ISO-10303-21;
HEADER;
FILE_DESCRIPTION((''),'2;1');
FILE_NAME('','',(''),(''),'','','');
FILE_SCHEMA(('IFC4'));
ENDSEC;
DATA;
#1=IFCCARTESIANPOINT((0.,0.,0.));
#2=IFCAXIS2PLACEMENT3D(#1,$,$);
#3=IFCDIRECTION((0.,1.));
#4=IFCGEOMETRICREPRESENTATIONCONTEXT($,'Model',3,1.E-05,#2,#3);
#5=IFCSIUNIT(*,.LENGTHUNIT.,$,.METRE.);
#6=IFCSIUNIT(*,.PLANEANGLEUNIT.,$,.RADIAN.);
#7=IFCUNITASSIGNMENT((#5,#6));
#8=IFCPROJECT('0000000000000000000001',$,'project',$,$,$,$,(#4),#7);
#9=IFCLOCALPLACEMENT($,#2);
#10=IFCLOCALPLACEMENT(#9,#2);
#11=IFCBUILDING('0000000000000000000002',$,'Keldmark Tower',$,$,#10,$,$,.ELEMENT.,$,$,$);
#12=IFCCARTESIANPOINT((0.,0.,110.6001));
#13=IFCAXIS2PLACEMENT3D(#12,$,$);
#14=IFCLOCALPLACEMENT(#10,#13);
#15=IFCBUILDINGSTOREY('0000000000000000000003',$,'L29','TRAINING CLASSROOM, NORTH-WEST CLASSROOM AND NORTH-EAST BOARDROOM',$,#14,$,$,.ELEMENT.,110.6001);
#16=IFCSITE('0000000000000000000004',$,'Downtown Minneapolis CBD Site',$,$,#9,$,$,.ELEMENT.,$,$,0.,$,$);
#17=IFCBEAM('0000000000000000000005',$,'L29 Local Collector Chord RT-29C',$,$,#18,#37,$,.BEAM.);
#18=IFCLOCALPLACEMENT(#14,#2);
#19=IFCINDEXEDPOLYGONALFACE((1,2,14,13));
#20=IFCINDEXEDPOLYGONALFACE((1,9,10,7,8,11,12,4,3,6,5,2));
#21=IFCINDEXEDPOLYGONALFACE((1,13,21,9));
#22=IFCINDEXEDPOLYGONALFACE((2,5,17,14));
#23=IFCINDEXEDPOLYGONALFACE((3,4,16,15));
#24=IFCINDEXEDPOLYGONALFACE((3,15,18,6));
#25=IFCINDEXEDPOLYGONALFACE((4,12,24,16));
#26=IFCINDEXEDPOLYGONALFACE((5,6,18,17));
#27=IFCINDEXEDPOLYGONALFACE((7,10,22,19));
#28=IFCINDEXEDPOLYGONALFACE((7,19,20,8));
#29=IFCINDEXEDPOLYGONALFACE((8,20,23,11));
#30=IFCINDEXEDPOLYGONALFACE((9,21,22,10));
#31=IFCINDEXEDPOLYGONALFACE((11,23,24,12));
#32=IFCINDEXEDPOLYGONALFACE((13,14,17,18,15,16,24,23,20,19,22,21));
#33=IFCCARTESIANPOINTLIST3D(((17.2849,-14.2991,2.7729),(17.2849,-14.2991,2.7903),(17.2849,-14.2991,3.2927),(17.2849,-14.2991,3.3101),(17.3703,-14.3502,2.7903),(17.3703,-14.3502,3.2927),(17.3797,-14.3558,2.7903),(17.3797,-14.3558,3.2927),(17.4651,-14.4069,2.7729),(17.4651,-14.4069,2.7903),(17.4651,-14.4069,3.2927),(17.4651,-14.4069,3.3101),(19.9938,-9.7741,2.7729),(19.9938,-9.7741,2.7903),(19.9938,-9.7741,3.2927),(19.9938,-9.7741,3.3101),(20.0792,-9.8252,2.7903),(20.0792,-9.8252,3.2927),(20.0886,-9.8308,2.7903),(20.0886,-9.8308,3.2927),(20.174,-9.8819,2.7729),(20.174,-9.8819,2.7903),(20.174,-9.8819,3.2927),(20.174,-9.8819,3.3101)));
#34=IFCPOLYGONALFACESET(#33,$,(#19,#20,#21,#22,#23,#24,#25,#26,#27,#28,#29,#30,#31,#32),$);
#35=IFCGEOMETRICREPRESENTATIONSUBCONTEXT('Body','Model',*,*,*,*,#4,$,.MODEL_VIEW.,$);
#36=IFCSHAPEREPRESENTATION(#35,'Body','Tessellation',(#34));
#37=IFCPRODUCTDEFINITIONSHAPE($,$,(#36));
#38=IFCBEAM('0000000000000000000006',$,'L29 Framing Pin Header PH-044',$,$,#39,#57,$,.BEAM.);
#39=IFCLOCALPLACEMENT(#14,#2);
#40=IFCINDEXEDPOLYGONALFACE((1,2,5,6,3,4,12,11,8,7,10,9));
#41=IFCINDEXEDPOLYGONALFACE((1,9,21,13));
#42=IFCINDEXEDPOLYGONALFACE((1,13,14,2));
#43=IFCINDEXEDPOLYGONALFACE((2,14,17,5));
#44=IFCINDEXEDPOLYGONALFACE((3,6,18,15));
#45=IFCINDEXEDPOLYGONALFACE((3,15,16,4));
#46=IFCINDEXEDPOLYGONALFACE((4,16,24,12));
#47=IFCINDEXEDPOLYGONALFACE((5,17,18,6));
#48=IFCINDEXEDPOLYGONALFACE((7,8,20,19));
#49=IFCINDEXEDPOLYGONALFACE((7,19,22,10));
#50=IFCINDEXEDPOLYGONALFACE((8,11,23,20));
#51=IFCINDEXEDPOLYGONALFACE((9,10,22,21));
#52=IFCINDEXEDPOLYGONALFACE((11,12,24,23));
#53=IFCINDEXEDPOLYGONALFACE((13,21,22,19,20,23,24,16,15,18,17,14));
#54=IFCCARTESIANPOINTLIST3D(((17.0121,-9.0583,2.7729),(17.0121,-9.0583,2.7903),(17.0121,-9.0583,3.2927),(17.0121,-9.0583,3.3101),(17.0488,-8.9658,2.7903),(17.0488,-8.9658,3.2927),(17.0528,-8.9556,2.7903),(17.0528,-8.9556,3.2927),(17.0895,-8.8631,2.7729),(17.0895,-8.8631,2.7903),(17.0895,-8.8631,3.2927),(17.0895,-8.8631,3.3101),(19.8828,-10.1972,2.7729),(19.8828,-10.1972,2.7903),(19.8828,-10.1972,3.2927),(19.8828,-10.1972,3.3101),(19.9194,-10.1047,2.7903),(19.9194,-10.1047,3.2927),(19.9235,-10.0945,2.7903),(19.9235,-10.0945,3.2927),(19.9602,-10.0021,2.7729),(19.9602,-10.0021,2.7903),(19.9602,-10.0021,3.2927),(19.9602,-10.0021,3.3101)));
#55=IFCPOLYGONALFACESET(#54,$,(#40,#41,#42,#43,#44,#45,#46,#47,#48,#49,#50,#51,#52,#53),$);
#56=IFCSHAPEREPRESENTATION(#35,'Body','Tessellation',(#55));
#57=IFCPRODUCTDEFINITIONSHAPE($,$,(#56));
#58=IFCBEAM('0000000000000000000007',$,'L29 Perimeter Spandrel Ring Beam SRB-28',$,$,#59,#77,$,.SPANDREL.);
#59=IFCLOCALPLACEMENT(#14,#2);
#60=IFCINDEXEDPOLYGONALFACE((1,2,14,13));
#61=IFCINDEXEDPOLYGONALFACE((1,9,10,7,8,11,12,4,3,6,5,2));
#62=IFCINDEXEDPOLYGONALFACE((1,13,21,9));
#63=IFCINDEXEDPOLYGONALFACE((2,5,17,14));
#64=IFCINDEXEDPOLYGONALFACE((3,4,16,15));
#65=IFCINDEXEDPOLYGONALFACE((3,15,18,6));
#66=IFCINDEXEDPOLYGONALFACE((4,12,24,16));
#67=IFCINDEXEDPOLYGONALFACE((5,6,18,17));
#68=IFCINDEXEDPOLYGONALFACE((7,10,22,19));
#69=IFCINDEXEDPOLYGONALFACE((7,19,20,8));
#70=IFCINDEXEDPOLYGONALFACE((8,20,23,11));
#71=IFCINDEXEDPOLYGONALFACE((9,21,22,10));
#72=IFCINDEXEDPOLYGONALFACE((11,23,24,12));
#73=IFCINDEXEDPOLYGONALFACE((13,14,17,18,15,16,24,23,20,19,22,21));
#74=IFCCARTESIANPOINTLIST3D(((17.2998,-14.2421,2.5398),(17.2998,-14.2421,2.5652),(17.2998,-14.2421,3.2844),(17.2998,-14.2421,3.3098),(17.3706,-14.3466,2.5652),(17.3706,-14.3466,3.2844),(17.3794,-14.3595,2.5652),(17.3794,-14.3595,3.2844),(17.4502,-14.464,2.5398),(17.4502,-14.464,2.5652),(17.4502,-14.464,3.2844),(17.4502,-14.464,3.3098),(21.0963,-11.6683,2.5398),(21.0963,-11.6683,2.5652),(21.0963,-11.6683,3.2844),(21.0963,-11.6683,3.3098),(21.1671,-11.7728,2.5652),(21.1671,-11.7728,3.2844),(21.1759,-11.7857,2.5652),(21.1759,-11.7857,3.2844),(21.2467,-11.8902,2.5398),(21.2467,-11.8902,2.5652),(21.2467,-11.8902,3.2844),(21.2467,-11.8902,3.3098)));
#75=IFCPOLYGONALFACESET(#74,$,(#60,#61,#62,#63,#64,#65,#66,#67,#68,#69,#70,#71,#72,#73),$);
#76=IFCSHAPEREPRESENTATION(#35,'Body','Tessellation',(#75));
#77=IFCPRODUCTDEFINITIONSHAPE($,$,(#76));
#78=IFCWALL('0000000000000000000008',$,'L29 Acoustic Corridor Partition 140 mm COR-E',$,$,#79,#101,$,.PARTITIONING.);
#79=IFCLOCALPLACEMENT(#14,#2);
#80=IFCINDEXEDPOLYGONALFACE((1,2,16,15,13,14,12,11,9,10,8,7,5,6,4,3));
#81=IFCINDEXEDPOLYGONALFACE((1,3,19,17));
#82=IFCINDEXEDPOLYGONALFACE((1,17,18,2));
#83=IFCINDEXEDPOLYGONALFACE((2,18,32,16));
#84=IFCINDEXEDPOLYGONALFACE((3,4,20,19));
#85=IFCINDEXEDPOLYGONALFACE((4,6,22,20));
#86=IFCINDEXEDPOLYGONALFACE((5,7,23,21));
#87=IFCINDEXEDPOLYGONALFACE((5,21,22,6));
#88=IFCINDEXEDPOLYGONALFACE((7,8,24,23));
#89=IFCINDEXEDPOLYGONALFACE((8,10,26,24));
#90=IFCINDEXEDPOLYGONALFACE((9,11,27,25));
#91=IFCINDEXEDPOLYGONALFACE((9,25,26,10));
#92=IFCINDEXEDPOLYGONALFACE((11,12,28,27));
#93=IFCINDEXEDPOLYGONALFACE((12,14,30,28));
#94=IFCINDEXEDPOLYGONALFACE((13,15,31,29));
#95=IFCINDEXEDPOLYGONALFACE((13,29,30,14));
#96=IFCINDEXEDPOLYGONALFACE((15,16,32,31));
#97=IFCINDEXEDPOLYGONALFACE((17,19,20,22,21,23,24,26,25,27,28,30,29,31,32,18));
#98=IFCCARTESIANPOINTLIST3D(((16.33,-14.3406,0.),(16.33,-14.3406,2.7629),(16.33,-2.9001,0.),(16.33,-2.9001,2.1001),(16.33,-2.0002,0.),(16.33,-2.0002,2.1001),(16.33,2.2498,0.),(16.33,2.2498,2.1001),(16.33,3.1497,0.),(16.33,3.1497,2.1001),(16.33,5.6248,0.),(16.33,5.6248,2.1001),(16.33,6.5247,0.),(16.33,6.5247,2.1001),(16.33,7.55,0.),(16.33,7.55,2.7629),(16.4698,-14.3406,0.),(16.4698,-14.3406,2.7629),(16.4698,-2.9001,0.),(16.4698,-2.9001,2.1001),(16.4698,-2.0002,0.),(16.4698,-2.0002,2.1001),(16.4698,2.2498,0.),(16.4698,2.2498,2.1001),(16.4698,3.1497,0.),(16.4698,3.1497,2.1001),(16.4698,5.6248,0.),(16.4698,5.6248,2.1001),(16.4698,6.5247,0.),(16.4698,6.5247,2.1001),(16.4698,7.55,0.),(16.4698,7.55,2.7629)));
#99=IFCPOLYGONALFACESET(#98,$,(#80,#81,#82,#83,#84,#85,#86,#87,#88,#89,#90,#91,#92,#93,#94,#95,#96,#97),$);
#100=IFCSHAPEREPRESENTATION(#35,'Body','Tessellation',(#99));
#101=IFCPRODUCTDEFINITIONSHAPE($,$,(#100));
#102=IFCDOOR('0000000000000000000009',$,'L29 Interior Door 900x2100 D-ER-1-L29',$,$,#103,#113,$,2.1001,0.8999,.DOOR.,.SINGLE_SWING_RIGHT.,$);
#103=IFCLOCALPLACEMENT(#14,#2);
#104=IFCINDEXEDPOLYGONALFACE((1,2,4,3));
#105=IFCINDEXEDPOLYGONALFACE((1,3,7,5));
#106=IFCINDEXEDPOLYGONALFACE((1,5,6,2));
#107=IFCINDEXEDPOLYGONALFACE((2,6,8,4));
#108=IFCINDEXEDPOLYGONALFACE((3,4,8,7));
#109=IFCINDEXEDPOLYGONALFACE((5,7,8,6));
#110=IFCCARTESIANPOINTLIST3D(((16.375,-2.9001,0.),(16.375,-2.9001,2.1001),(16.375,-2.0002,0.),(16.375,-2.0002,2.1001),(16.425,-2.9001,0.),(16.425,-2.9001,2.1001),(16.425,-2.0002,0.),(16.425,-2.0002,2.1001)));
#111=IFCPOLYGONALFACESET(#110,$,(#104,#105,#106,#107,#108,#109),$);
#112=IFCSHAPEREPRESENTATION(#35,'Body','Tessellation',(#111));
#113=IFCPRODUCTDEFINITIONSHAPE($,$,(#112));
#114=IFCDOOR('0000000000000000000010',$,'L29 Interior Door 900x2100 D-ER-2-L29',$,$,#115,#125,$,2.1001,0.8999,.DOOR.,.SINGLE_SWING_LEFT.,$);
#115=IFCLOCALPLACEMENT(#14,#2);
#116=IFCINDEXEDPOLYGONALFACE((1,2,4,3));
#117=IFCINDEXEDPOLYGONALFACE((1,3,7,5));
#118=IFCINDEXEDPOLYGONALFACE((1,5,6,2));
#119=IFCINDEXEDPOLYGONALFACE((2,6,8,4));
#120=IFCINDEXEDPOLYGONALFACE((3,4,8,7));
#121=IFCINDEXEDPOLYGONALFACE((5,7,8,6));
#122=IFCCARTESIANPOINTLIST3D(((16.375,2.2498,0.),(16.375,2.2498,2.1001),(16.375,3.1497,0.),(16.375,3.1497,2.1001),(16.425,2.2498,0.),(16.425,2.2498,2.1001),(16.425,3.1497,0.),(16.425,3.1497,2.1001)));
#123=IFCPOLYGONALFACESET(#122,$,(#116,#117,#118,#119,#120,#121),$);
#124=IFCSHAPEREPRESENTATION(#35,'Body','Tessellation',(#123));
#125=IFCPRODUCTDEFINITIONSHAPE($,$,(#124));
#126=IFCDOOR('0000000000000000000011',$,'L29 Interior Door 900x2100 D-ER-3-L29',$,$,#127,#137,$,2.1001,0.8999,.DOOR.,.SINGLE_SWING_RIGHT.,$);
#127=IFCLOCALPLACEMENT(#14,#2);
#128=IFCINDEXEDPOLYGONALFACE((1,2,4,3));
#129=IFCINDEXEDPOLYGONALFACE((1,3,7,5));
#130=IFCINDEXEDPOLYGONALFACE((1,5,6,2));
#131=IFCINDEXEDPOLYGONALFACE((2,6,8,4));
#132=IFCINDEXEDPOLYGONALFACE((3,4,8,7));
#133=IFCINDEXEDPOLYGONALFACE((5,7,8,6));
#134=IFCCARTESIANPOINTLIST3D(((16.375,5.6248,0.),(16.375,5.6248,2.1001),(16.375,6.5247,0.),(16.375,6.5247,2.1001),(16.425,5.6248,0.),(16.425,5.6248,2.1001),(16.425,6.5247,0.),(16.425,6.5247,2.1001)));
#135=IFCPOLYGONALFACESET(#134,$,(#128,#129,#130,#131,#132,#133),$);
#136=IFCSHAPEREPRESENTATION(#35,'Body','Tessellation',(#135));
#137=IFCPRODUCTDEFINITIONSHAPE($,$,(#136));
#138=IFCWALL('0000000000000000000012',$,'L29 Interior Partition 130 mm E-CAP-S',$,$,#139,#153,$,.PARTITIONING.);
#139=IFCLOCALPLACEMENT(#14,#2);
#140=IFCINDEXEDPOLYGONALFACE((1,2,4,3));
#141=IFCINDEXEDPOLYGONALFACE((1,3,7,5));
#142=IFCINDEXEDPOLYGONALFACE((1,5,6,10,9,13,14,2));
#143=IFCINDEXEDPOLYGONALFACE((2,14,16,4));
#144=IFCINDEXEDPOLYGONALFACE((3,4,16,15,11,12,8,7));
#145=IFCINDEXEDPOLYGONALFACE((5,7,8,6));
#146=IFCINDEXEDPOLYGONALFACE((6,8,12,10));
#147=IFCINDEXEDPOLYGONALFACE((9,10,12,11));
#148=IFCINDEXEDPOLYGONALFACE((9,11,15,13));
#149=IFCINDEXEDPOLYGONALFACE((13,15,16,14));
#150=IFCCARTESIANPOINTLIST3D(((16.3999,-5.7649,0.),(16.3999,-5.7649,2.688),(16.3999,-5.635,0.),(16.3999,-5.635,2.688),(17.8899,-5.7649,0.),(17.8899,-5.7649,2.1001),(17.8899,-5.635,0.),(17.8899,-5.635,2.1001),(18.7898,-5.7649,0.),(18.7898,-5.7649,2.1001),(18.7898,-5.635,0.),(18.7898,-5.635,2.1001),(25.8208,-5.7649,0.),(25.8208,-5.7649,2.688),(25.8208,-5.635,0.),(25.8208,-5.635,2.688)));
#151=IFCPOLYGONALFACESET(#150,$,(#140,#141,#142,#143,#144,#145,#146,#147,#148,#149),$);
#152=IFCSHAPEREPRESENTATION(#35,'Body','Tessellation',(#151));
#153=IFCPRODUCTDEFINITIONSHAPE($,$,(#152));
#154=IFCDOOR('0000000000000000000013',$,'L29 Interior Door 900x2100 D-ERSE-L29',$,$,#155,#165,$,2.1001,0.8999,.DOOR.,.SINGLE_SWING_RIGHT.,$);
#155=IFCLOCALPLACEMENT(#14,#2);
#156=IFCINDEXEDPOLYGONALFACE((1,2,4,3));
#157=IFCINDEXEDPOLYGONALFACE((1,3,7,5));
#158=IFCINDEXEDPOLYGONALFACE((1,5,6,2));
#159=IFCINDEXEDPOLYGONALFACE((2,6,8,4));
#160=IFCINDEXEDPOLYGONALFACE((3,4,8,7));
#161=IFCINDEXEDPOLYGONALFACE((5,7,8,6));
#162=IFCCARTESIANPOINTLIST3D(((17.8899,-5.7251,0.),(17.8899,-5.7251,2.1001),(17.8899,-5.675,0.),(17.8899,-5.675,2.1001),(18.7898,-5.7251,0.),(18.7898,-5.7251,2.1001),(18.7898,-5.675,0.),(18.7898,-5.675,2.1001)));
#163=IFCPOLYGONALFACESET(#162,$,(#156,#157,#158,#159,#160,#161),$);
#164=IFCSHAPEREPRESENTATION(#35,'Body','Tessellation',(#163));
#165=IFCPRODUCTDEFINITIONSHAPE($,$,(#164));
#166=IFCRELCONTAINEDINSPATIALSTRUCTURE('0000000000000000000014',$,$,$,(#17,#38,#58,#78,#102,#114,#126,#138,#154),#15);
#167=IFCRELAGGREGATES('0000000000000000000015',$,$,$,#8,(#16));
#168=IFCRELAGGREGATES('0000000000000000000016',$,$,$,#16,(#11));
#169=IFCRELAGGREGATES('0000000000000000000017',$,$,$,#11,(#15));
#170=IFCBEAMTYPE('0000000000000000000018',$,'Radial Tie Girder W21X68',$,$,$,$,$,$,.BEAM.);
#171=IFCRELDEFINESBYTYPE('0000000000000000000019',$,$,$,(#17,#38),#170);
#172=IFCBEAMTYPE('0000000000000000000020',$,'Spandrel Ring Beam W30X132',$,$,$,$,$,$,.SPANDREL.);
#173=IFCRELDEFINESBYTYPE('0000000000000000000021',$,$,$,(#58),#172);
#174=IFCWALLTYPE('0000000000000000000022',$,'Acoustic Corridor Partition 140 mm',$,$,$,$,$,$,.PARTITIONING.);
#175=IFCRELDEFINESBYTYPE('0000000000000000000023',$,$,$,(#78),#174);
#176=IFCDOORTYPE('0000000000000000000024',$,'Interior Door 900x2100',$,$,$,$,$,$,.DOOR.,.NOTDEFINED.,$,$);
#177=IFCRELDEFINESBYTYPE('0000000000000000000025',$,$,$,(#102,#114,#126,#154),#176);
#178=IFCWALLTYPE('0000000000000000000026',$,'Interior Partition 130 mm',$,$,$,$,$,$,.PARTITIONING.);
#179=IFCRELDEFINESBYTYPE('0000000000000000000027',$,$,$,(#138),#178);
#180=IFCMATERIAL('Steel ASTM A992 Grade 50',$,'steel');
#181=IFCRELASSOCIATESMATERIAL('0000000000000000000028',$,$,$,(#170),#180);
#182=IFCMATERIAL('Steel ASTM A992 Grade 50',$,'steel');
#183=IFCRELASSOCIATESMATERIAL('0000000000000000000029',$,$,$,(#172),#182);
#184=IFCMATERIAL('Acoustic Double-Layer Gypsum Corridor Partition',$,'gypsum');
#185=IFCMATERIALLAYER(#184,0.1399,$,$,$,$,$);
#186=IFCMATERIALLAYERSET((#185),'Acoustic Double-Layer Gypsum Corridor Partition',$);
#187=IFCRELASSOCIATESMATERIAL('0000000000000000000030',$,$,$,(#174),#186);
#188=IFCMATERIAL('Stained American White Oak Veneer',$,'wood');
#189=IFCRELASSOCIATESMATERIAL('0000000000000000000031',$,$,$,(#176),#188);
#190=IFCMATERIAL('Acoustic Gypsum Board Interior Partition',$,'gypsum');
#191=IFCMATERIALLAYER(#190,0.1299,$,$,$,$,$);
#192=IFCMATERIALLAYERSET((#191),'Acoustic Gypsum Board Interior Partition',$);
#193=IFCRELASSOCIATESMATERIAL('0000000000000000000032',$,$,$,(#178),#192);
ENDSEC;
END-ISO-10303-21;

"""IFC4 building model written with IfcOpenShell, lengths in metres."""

from ifc_helpers import new_model, si_unit, direction, frame, frame_2d, origin, origin_2d, place, context, subcontext, project, spatial, rectangle, i_section, extrude, material, layer, layer_set, material_profile, profile_set, type_object, element, fill, save


model = new_model("IFC4")

# Units and contexts
model_context = context("Model", 3, precision=1e-05, world=origin(), true_north=direction((0.0, 1.0)))
body_context = subcontext(model_context, "Body", "Model", "MODEL_VIEW")
ifc_project = project(units=[si_unit("LENGTHUNIT", "METRE"), si_unit("PLANEANGLEUNIT", "RADIAN")], contexts=[model_context])

# Site, building, storey
site_placement = place(None, origin())
site = spatial("IfcSite", under=ifc_project, at=site_placement, Name="Downtown Minneapolis CBD Site", CompositionType="ELEMENT", RefElevation=0.0)
building_placement = place(site_placement, origin())
building = spatial("IfcBuilding", under=site, at=building_placement, Name="Keldmark Tower", CompositionType="ELEMENT")
storey_placement = place(building_placement, frame((0.0, 0.0, 110.6001)))
storey = spatial("IfcBuildingStorey", under=building, at=storey_placement, Name="L29", Description="TRAINING CLASSROOM, NORTH-WEST CLASSROOM AND NORTH-EAST BOARDROOM", CompositionType="ELEMENT", Elevation=110.6001)

# Beams
ifc_material_1 = material(Name="Steel ASTM A992 Grade 50", Category="steel")
ifc_material_profile_1 = material_profile(ifc_material_1, i_section(OverallWidth=0.21, OverallDepth=0.5371, WebThickness=0.011, FlangeThickness=0.0173, at=origin_2d()), Name="W21X68")
ifc_profile_set_1 = profile_set([ifc_material_profile_1], Name="Steel ASTM A992 Grade 50")
beam_type_1 = type_object("IfcBeamType", Name="Radial Tie Girder W21X68", PredefinedType="BEAM", material=ifc_profile_set_1)
beam_1_placement = place(storey_placement, frame((17.375, -14.353, 3.0415), z_axis=(0.513645, 0.858003, 0.0), x_axis=(-0.858003, 0.513645, 0.0)))
element("IfcBeam", 1, at=beam_1_placement, inside=storey, type_object=beam_type_1, Name="L29 Local Collector Chord RT-29C", PredefinedType="BEAM", context=body_context, shape_type="SweptSolid", body=[
    extrude(i_section(OverallWidth=0.21, OverallDepth=0.5371, WebThickness=0.011, FlangeThickness=0.0173, at=origin_2d()), origin(), (0.0, 0.0, 1.0), 5.2739),
])
beam_2_placement = place(storey_placement, frame((17.0508, -8.9607, 3.0415), z_axis=(0.929514, -0.368786, 0.0), x_axis=(0.368786, 0.929514, 0.0)))
element("IfcBeam", 2, at=beam_2_placement, inside=storey, type_object=beam_type_1, Name="L29 Framing Pin Header PH-044", PredefinedType="BEAM", context=body_context, shape_type="SweptSolid", body=[
    extrude(i_section(OverallWidth=0.21, OverallDepth=0.5371, WebThickness=0.011, FlangeThickness=0.0173, at=origin_2d()), origin(), (0.0, 0.0, 1.0), 3.0884),
])
ifc_material_2 = material(Name="Steel ASTM A992 Grade 50", Category="steel")
ifc_material_profile_2 = material_profile(ifc_material_2, i_section(OverallWidth=0.2681, OverallDepth=0.77, WebThickness=0.0156, FlangeThickness=0.0254, at=origin_2d()), Name="W30X132")
ifc_profile_set_2 = profile_set([ifc_material_profile_2], Name="Steel ASTM A992 Grade 50")
beam_type_2 = type_object("IfcBeamType", Name="Spandrel Ring Beam W30X132", PredefinedType="SPANDREL", material=ifc_profile_set_2)
beam_3_placement = place(storey_placement, frame((17.375, -14.353, 2.9248), z_axis=(0.827718, 0.561145, 0.0), x_axis=(-0.561145, 0.827718, 0.0)))
element("IfcBeam", 3, at=beam_3_placement, inside=storey, type_object=beam_type_2, Name="L29 Perimeter Spandrel Ring Beam SRB-28", PredefinedType="SPANDREL", context=body_context, shape_type="SweptSolid", body=[
    extrude(i_section(OverallWidth=0.2681, OverallDepth=0.77, WebThickness=0.0156, FlangeThickness=0.0254, at=origin_2d()), origin(), (0.0, 0.0, 1.0), 4.5867),
])

# Wall, openings, doors
ifc_material_3 = material(Name="Acoustic Double-Layer Gypsum Corridor Partition", Category="gypsum")
ifc_layer_1 = layer(ifc_material_3, 0.1399)
ifc_layer_set_1 = layer_set([ifc_layer_1], Name="Acoustic Double-Layer Gypsum Corridor Partition")
wall_type_1 = type_object("IfcWallType", Name="Acoustic Corridor Partition 140 mm", PredefinedType="PARTITIONING", material=ifc_layer_set_1)
wall_1_placement = place(storey_placement, frame((16.3999, -14.3406, 0.0), z_axis=(0.0, 0.0, 1.0), x_axis=(0.0, 1.0, 0.0)))
wall_1 = element("IfcWall", 4, at=wall_1_placement, inside=storey, type_object=wall_type_1, Name="L29 Acoustic Corridor Partition 140 mm COR-E", PredefinedType="PARTITIONING", context=body_context, shape_type="SweptSolid", body=[
    extrude(rectangle(XDim=21.8906, YDim=0.1399, at=frame_2d((10.9453, 0.0))), origin(), (0.0, 0.0, 1.0), 2.7629),
])
opening_1_placement = place(wall_1_placement, frame((11.4404, 0.0, 0.0)))
opening_1 = element("IfcOpeningElement", 5, at=opening_1_placement, cuts=wall_1, PredefinedType="OPENING", context=body_context, shape_type="SweptSolid", body=[
    extrude(rectangle(XDim=0.8999, YDim=2.1001, at=frame_2d((0.45, 1.05))), frame((0.0, 0.0798, 0.0), z_axis=(0.0, -1.0, 0.0), x_axis=(1.0, 0.0, 0.0)), (0.0, 0.0, 1.0), 0.1599),
])
opening_2_placement = place(wall_1_placement, frame((16.5903, 0.0, 0.0)))
opening_2 = element("IfcOpeningElement", 6, at=opening_2_placement, cuts=wall_1, PredefinedType="OPENING", context=body_context, shape_type="SweptSolid", body=[
    extrude(rectangle(XDim=0.8999, YDim=2.1001, at=frame_2d((0.45, 1.05))), frame((0.0, 0.0798, 0.0), z_axis=(0.0, -1.0, 0.0), x_axis=(1.0, 0.0, 0.0)), (0.0, 0.0, 1.0), 0.1599),
])
opening_3_placement = place(wall_1_placement, frame((19.9653, 0.0, 0.0)))
opening_3 = element("IfcOpeningElement", 7, at=opening_3_placement, cuts=wall_1, PredefinedType="OPENING", context=body_context, shape_type="SweptSolid", body=[
    extrude(rectangle(XDim=0.8999, YDim=2.1001, at=frame_2d((0.45, 1.05))), frame((0.0, 0.0798, 0.0), z_axis=(0.0, -1.0, 0.0), x_axis=(1.0, 0.0, 0.0)), (0.0, 0.0, 1.0), 0.1599),
])
ifc_material_4 = material(Name="Stained American White Oak Veneer", Category="wood")
door_type = type_object("IfcDoorType", Name="Interior Door 900x2100", OperationType="NOTDEFINED", PredefinedType="DOOR", material=ifc_material_4)
door_1_placement = place(opening_1_placement, origin())
door_1 = element("IfcDoor", 8, at=door_1_placement, inside=storey, type_object=door_type, Name="L29 Interior Door 900x2100 D-ER-1-L29", OperationType="SINGLE_SWING_RIGHT", OverallHeight=2.1001, OverallWidth=0.8999, PredefinedType="DOOR", context=body_context, shape_type="SweptSolid", body=[
    extrude(rectangle(XDim=0.8999, YDim=2.1001, at=frame_2d((0.45, 1.05))), frame((0.0, 0.0249, 0.0), z_axis=(0.0, -1.0, 0.0), x_axis=(1.0, 0.0, 0.0)), (0.0, 0.0, 1.0), 0.05),
])
fill(opening_1, door_1)
door_2_placement = place(opening_2_placement, origin())
door_2 = element("IfcDoor", 9, at=door_2_placement, inside=storey, type_object=door_type, Name="L29 Interior Door 900x2100 D-ER-2-L29", OperationType="SINGLE_SWING_LEFT", OverallHeight=2.1001, OverallWidth=0.8999, PredefinedType="DOOR", context=body_context, shape_type="SweptSolid", body=[
    extrude(rectangle(XDim=0.8999, YDim=2.1001, at=frame_2d((0.45, 1.05))), frame((0.0, 0.0249, 0.0), z_axis=(0.0, -1.0, 0.0), x_axis=(1.0, 0.0, 0.0)), (0.0, 0.0, 1.0), 0.05),
])
fill(opening_2, door_2)
door_3_placement = place(opening_3_placement, origin())
door_3 = element("IfcDoor", 10, at=door_3_placement, inside=storey, type_object=door_type, Name="L29 Interior Door 900x2100 D-ER-3-L29", OperationType="SINGLE_SWING_RIGHT", OverallHeight=2.1001, OverallWidth=0.8999, PredefinedType="DOOR", context=body_context, shape_type="SweptSolid", body=[
    extrude(rectangle(XDim=0.8999, YDim=2.1001, at=frame_2d((0.45, 1.05))), frame((0.0, 0.0249, 0.0), z_axis=(0.0, -1.0, 0.0), x_axis=(1.0, 0.0, 0.0)), (0.0, 0.0, 1.0), 0.05),
])
fill(opening_3, door_3)

# Wall, opening, door
ifc_material_5 = material(Name="Acoustic Gypsum Board Interior Partition", Category="gypsum")
ifc_layer_2 = layer(ifc_material_5, 0.1299)
ifc_layer_set_2 = layer_set([ifc_layer_2], Name="Acoustic Gypsum Board Interior Partition")
wall_type_2 = type_object("IfcWallType", Name="Interior Partition 130 mm", PredefinedType="PARTITIONING", material=ifc_layer_set_2)
wall_2_placement = place(storey_placement, frame((16.3999, -5.7, 0.0), z_axis=(0.0, 0.0, 1.0), x_axis=(1.0, 0.0, 0.0)))
wall_2 = element("IfcWall", 11, at=wall_2_placement, inside=storey, type_object=wall_type_2, Name="L29 Interior Partition 130 mm E-CAP-S", PredefinedType="PARTITIONING", context=body_context, shape_type="SweptSolid", body=[
    extrude(rectangle(XDim=9.4209, YDim=0.1299, at=frame_2d((4.7104, 0.0))), origin(), (0.0, 0.0, 1.0), 2.688),
])
opening_4_placement = place(wall_2_placement, frame((1.49, 0.0, 0.0)))
opening_4 = element("IfcOpeningElement", 12, at=opening_4_placement, cuts=wall_2, PredefinedType="OPENING", context=body_context, shape_type="SweptSolid", body=[
    extrude(rectangle(XDim=0.8999, YDim=2.1001, at=frame_2d((0.45, 1.05))), frame((0.0, 0.075, 0.0), z_axis=(0.0, -1.0, 0.0), x_axis=(1.0, 0.0, 0.0)), (0.0, 0.0, 1.0), 0.1499),
])
door_4_placement = place(opening_4_placement, origin())
door_4 = element("IfcDoor", 13, at=door_4_placement, inside=storey, type_object=door_type, Name="L29 Interior Door 900x2100 D-ERSE-L29", OperationType="SINGLE_SWING_RIGHT", OverallHeight=2.1001, OverallWidth=0.8999, PredefinedType="DOOR", context=body_context, shape_type="SweptSolid", body=[
    extrude(rectangle(XDim=0.8999, YDim=2.1001, at=frame_2d((0.45, 1.05))), frame((0.0, 0.0249, 0.0), z_axis=(0.0, -1.0, 0.0), x_axis=(1.0, 0.0, 0.0)), (0.0, 0.0, 1.0), 0.05),
])
fill(opening_4, door_4)

save(model, "model.ifc")
